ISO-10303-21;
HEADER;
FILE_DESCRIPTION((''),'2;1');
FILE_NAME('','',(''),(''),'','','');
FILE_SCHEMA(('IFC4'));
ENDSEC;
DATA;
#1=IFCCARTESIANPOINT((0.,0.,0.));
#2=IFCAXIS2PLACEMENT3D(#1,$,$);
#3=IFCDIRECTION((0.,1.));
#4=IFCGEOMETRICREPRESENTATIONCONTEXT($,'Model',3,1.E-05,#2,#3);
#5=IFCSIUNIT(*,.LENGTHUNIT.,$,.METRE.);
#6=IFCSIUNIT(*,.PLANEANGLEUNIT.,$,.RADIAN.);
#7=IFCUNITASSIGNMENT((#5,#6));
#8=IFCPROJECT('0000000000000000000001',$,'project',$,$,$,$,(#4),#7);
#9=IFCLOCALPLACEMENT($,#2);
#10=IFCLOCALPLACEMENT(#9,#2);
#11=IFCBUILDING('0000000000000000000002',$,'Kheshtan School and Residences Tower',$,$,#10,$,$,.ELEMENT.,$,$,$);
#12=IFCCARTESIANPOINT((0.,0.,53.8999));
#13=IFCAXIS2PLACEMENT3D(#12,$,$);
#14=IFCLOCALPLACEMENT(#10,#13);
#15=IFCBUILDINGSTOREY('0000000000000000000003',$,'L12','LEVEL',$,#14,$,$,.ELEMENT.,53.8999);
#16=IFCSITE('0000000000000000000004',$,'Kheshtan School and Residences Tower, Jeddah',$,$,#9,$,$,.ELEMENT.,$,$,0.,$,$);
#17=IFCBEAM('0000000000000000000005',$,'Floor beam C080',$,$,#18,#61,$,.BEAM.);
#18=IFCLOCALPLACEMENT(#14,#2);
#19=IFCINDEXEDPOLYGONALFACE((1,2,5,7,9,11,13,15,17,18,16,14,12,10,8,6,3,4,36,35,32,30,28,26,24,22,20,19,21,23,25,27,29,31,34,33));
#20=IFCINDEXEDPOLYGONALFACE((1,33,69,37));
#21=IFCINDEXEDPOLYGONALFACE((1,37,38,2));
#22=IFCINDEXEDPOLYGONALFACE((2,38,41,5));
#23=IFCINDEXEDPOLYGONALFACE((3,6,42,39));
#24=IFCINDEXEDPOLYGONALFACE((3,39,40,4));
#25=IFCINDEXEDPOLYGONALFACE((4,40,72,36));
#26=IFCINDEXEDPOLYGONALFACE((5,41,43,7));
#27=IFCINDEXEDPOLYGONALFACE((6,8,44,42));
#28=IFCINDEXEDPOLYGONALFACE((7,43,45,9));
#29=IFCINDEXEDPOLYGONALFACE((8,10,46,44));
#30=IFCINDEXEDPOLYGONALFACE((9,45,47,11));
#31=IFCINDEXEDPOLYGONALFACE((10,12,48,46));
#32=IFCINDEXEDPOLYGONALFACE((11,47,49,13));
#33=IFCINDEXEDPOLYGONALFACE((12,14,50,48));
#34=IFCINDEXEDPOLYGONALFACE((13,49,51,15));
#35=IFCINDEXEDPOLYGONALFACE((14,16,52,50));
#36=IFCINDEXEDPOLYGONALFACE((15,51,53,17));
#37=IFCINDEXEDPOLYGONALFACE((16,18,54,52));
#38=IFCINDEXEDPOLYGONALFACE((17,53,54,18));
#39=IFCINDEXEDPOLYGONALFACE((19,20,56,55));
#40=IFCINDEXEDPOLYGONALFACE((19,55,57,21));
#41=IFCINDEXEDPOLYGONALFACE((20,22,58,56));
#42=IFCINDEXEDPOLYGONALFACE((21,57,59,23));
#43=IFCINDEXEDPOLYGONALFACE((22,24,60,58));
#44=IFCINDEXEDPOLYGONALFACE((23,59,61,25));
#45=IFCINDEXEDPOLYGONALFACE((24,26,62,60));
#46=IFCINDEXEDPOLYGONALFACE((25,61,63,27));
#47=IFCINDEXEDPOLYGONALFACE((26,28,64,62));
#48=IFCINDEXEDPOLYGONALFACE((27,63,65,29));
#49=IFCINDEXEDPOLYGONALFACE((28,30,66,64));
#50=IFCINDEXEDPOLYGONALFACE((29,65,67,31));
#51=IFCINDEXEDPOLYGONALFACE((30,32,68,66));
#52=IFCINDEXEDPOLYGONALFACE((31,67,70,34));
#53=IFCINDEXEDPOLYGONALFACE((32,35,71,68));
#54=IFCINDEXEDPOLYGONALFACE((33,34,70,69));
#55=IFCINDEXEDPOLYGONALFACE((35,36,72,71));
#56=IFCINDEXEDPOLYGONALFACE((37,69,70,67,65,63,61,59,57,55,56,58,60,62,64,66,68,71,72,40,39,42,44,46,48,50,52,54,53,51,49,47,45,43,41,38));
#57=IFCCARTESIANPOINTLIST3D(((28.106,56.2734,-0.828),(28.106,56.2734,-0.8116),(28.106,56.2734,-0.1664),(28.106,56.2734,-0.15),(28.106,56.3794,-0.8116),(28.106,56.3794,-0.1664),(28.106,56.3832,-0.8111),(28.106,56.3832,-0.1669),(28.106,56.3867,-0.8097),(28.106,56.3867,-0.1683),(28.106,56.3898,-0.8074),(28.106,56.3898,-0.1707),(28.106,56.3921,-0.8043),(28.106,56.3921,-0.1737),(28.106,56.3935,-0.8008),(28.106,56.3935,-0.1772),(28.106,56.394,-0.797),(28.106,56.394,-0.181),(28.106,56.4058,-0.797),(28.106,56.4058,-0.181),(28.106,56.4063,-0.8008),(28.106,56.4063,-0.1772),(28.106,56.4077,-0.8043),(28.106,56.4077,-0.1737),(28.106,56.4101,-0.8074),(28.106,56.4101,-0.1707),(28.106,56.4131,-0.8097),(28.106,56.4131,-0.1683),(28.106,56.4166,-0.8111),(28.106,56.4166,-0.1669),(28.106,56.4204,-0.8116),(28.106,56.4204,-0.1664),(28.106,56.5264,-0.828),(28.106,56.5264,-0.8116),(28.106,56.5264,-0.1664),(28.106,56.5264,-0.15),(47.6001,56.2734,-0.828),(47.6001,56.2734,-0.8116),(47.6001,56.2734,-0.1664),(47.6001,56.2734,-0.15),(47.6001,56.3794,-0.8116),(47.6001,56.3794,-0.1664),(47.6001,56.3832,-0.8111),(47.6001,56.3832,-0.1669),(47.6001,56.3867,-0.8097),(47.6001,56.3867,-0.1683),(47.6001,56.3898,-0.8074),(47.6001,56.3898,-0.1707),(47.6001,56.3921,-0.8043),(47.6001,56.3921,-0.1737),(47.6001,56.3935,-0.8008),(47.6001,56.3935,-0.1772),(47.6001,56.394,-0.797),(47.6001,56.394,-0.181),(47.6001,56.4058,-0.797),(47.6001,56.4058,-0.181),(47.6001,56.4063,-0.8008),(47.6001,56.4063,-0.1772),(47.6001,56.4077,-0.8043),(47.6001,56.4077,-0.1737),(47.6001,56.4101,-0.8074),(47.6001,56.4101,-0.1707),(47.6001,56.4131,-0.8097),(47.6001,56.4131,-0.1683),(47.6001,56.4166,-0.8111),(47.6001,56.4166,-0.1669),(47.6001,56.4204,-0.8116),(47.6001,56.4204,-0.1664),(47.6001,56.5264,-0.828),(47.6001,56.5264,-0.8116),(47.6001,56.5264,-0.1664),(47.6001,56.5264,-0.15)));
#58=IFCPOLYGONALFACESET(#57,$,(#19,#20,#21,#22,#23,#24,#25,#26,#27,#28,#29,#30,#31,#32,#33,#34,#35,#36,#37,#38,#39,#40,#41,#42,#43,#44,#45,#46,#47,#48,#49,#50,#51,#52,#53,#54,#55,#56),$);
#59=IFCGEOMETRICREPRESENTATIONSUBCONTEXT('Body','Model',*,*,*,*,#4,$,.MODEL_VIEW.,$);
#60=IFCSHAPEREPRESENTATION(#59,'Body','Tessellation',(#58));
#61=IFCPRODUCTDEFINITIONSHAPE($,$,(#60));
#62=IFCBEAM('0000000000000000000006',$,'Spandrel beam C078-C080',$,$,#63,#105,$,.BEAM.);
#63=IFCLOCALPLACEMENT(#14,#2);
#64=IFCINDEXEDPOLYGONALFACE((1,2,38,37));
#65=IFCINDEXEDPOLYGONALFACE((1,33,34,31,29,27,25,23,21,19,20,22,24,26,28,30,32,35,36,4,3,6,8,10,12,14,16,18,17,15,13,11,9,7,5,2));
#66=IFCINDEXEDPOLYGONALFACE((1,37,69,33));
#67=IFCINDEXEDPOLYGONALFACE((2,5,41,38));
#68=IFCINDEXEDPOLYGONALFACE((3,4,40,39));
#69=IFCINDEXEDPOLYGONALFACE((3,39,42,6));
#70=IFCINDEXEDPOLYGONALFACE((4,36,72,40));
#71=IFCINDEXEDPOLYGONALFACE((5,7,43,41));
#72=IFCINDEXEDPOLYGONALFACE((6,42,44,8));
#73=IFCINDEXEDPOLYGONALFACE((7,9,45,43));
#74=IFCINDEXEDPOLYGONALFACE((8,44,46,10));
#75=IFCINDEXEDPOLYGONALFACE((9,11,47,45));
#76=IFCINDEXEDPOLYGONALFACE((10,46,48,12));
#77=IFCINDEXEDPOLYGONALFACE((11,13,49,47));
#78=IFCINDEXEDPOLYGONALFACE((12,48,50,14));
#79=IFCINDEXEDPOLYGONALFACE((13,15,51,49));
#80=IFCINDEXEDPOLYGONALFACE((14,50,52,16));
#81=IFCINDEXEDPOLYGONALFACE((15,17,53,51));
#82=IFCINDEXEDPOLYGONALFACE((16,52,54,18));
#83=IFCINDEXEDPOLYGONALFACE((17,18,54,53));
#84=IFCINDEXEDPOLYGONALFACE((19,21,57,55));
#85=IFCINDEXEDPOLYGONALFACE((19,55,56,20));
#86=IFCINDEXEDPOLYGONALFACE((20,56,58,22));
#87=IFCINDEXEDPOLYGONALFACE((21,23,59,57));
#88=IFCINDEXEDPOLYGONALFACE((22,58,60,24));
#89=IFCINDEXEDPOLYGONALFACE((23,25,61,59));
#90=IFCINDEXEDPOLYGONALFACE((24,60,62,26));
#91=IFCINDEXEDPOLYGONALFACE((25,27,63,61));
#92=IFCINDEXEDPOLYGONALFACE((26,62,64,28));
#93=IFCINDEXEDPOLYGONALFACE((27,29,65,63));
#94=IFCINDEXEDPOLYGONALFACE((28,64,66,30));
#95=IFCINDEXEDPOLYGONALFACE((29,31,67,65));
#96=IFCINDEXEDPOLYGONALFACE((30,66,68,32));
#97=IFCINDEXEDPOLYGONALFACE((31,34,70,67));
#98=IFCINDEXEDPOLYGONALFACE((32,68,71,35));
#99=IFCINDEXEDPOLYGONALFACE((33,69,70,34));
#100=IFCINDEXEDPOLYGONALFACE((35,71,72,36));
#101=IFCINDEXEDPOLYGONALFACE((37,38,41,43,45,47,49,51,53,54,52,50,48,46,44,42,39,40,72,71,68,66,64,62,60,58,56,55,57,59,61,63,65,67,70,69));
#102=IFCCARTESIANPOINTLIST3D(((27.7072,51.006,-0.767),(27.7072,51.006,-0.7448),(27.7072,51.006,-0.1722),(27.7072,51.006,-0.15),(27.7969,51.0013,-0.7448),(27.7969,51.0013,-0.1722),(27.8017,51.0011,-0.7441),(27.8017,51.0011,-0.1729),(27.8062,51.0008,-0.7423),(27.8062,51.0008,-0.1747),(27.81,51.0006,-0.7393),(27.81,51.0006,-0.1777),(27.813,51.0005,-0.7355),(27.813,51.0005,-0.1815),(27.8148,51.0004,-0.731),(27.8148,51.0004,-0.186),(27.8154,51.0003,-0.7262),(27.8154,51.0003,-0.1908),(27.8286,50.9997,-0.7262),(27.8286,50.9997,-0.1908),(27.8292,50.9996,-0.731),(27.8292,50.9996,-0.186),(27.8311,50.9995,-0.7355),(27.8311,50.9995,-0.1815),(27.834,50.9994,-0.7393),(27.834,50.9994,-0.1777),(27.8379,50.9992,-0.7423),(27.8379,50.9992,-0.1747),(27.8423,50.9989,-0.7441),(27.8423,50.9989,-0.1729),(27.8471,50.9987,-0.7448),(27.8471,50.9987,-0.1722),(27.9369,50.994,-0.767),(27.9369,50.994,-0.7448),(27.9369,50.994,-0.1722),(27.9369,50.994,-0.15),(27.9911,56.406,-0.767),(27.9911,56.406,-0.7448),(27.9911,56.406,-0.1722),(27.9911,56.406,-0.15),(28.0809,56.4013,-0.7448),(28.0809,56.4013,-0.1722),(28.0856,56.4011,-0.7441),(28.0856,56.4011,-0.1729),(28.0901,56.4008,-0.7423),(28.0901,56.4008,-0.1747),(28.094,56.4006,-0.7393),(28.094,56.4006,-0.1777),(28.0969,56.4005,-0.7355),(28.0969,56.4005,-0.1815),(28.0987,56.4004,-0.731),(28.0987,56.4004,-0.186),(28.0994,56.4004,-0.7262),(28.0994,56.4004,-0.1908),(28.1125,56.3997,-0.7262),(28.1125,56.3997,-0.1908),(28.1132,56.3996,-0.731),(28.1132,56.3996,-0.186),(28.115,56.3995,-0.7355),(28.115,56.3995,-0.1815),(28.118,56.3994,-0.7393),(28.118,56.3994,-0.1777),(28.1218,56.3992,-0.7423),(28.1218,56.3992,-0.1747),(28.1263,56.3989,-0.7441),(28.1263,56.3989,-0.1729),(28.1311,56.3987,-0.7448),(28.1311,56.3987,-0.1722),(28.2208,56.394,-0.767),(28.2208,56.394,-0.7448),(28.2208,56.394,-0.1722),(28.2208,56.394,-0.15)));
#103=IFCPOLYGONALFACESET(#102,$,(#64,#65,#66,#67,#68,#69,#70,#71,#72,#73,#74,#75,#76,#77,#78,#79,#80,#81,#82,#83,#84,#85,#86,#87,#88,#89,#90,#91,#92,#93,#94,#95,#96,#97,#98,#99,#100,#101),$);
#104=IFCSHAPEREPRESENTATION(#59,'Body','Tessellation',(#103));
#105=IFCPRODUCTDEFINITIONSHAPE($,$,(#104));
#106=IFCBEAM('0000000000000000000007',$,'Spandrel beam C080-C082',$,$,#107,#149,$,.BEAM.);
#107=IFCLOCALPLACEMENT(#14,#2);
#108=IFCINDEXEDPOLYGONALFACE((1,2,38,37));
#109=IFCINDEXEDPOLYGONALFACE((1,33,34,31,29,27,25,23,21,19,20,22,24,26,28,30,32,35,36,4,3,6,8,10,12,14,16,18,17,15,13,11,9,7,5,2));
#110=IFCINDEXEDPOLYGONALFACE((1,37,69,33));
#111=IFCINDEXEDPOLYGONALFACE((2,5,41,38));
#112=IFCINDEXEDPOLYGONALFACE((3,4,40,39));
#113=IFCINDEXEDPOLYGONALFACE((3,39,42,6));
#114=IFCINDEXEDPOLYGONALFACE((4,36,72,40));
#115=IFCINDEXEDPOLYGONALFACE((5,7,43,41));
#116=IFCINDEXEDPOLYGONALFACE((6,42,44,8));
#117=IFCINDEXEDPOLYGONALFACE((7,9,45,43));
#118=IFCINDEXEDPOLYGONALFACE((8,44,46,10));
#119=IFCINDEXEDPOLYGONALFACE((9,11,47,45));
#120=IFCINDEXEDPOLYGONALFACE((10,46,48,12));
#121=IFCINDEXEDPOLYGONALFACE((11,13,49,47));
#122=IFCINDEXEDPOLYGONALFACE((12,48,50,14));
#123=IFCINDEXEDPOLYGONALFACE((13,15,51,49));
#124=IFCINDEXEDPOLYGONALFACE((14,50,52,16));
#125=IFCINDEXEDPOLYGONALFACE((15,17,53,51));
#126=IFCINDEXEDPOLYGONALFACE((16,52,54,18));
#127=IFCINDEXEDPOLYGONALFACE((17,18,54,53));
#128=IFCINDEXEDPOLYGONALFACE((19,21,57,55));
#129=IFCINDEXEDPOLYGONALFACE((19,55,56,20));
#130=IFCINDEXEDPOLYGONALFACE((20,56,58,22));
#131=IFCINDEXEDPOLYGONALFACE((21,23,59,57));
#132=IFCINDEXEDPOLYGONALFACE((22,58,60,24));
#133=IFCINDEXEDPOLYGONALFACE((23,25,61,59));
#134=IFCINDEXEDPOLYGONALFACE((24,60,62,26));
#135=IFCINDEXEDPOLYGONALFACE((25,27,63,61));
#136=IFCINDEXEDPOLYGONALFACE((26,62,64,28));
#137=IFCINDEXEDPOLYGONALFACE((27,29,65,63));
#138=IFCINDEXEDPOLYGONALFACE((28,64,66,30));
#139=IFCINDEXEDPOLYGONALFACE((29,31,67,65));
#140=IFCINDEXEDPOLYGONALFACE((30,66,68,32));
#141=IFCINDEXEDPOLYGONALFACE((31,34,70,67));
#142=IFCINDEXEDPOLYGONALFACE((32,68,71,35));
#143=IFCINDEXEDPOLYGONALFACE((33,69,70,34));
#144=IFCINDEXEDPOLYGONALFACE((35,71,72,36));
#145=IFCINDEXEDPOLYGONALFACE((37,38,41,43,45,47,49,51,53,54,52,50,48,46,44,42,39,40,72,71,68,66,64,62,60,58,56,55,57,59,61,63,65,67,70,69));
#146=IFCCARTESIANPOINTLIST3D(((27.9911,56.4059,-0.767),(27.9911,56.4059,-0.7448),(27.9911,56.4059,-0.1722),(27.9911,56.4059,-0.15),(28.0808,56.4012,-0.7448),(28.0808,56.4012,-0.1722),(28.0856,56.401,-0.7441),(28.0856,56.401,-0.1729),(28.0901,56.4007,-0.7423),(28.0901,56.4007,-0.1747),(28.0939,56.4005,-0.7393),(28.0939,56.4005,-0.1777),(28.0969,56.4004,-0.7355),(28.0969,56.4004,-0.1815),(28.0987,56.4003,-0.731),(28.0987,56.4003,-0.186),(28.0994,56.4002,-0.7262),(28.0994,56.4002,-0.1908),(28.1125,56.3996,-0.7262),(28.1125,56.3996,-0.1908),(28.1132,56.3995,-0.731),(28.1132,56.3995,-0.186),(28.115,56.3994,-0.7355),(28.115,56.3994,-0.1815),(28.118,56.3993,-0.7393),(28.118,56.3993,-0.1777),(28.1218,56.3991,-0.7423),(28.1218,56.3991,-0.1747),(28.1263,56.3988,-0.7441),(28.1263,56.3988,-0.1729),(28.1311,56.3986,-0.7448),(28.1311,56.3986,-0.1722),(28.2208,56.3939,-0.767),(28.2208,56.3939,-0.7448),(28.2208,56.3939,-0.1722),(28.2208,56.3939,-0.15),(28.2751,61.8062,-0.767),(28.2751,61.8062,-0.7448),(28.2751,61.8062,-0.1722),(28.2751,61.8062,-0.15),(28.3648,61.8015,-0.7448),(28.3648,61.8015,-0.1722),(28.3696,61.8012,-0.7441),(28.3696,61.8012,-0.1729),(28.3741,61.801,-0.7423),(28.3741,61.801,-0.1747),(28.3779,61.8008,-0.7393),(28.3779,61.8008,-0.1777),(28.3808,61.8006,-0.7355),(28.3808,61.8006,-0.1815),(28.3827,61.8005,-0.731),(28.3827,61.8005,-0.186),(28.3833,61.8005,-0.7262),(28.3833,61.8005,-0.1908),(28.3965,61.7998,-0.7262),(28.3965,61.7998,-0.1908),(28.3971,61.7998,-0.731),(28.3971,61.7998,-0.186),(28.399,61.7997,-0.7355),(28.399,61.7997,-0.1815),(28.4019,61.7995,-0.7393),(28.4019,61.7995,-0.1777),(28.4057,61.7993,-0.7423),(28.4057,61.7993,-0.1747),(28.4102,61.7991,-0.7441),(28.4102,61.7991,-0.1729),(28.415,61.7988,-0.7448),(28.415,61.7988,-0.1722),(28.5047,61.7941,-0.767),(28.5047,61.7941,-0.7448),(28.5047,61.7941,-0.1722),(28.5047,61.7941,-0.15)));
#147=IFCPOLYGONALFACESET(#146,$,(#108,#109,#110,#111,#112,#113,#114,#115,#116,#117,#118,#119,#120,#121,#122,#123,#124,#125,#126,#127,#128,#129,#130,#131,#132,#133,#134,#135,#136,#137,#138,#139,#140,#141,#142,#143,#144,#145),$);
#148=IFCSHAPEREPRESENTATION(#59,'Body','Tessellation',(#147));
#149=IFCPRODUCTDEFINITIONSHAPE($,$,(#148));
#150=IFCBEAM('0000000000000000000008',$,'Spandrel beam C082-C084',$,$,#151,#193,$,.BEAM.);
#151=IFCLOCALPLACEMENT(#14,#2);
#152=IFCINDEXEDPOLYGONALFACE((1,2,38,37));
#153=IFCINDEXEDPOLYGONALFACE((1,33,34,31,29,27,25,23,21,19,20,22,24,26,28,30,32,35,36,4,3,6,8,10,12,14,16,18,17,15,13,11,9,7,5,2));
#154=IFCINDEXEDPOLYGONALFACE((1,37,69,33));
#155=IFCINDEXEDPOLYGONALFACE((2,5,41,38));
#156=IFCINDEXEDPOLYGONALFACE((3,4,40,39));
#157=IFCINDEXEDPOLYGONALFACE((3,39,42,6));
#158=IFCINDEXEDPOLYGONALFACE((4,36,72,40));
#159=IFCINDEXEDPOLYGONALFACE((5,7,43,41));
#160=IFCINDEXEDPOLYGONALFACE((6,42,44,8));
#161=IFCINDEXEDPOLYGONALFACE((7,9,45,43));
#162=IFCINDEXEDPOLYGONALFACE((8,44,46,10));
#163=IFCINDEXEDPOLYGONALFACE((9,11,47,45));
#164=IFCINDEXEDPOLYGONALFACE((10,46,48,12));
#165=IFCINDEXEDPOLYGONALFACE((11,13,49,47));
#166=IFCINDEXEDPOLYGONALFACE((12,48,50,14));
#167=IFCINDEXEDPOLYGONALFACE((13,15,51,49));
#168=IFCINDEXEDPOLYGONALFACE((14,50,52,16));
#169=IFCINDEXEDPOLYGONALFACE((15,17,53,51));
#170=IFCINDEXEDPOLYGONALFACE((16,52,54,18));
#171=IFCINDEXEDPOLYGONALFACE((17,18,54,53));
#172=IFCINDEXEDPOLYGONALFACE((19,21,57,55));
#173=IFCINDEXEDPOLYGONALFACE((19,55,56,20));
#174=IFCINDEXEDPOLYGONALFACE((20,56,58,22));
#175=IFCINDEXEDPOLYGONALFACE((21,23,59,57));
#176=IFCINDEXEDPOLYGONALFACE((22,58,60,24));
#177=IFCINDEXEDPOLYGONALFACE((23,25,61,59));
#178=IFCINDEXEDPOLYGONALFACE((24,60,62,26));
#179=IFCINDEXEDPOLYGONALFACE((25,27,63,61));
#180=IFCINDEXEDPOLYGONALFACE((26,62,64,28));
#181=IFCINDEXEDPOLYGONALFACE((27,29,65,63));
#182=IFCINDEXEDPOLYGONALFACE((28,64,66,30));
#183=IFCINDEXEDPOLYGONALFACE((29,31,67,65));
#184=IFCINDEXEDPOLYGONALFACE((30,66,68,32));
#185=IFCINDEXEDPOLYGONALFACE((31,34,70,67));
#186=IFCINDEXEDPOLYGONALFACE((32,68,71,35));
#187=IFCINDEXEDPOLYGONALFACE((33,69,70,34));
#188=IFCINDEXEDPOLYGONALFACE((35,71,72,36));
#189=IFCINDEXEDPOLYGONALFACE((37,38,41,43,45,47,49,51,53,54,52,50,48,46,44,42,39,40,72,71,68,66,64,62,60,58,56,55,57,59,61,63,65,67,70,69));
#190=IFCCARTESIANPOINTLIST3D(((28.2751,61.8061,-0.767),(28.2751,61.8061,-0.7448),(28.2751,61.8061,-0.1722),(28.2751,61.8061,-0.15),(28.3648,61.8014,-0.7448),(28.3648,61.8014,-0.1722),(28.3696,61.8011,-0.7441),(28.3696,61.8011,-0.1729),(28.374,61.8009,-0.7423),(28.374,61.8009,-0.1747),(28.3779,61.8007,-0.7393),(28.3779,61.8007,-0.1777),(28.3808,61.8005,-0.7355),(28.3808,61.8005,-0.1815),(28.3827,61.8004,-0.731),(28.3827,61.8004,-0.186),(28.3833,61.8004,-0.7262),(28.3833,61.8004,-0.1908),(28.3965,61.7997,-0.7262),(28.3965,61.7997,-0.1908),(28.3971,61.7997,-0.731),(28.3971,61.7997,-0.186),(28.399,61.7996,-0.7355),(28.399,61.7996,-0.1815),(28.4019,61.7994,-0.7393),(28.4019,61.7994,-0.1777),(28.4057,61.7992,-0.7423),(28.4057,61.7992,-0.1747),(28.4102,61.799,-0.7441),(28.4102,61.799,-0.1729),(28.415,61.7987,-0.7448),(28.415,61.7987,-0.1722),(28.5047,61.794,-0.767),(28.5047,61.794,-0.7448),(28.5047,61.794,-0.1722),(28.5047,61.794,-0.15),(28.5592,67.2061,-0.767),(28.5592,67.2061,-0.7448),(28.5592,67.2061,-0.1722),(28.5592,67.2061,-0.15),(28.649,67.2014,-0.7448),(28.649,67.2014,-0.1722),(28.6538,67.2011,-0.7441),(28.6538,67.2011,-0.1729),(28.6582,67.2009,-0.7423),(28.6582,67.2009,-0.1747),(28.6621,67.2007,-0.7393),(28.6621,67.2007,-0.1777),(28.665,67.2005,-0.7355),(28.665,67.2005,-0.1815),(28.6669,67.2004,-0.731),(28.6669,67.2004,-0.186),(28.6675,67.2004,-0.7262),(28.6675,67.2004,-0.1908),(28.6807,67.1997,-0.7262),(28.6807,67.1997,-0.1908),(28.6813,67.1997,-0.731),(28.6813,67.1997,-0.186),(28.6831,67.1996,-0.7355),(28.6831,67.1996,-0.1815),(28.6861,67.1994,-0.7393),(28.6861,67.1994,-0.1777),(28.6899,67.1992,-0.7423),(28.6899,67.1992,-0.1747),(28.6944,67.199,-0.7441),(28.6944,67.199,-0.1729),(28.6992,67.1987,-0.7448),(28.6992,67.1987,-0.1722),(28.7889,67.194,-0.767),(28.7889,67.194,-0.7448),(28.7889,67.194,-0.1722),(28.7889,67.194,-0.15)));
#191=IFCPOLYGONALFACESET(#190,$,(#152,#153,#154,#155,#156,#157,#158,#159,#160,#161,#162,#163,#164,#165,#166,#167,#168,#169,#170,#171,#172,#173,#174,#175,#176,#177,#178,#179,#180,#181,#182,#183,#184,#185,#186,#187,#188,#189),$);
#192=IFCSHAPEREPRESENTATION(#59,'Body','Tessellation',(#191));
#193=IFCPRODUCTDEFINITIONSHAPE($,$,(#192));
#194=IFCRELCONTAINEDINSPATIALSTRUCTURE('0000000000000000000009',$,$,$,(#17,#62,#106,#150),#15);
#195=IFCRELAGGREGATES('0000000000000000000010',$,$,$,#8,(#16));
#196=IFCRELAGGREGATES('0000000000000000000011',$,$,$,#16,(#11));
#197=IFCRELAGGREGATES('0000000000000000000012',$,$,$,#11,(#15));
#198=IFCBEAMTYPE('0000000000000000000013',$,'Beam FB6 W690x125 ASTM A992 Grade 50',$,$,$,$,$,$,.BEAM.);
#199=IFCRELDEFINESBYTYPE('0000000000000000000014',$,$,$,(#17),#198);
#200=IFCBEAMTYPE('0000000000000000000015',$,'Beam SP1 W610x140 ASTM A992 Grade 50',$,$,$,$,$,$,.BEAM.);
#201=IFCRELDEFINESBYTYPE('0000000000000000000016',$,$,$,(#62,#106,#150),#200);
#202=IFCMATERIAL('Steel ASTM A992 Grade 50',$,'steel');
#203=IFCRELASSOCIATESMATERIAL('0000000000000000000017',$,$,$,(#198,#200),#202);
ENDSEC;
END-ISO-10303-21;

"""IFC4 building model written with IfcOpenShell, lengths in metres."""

from ifc_helpers import new_model, si_unit, direction, frame, origin, origin_2d, place, context, subcontext, project, spatial, i_section, extrude, material, material_profile, profile_set, type_object, element, save


model = new_model("IFC4")

# Units and contexts
model_context = context("Model", 3, precision=1e-05, world=origin(), true_north=direction((0.0, 1.0)))
body_context = subcontext(model_context, "Body", "Model", "MODEL_VIEW")
ifc_project = project(units=[si_unit("LENGTHUNIT", "METRE"), si_unit("PLANEANGLEUNIT", "RADIAN")], contexts=[model_context])

# Site, building, storey
site_placement = place(None, origin())
site = spatial("IfcSite", under=ifc_project, at=site_placement, Name="Kheshtan School and Residences Tower, Jeddah", CompositionType="ELEMENT", RefElevation=0.0)
building_placement = place(site_placement, origin())
building = spatial("IfcBuilding", under=site, at=building_placement, Name="Kheshtan School and Residences Tower", CompositionType="ELEMENT")
storey_placement = place(building_placement, frame((0.0, 0.0, 53.8999)))
storey = spatial("IfcBuildingStorey", under=building, at=storey_placement, Name="L12", Description="LEVEL", CompositionType="ELEMENT", Elevation=53.8999)

# Shared definitions
ifc_material_1 = material(Name="Steel ASTM A992 Grade 50", Category="steel")

# Beams
ifc_material_profile_1 = material_profile(ifc_material_1, i_section(OverallWidth=0.2529, OverallDepth=0.678, WebThickness=0.0117, FlangeThickness=0.0164, FilletRadius=0.0146, at=origin_2d()), Name="W690x125")
ifc_profile_set_1 = profile_set([ifc_material_profile_1], Name="Steel ASTM A992 Grade 50")
beam_type_1 = type_object("IfcBeamType", Name="Beam FB6 W690x125 ASTM A992 Grade 50", PredefinedType="BEAM", material=ifc_profile_set_1)
beam_1_placement = place(storey_placement, frame((28.106, 56.3999, -0.489), z_axis=(1.0, 0.0, 0.0), x_axis=(0.0, 1.0, 0.0)))
element("IfcBeam", 1, at=beam_1_placement, inside=storey, type_object=beam_type_1, Name="Floor beam C080", PredefinedType="BEAM", context=body_context, shape_type="SweptSolid", body=[
    extrude(i_section(OverallWidth=0.2529, OverallDepth=0.678, WebThickness=0.0117, FlangeThickness=0.0164, FilletRadius=0.0146, at=origin_2d()), origin(), (0.0, 0.0, 1.0), 19.4941),
])
ifc_material_profile_2 = material_profile(ifc_material_1, i_section(OverallWidth=0.23, OverallDepth=0.6169, WebThickness=0.0132, FlangeThickness=0.0222, FilletRadius=0.0186, at=origin_2d()), Name="W610x140")
ifc_profile_set_2 = profile_set([ifc_material_profile_2], Name="Steel ASTM A992 Grade 50")
beam_type_2 = type_object("IfcBeamType", Name="Beam SP1 W610x140 ASTM A992 Grade 50", PredefinedType="BEAM", material=ifc_profile_set_2)
beam_2_placement = place(storey_placement, frame((27.822, 51.0, -0.4585), z_axis=(0.052509, 0.99862, 0.0), x_axis=(-0.99862, 0.052509, 0.0)))
element("IfcBeam", 2, at=beam_2_placement, inside=storey, type_object=beam_type_2, Name="Spandrel beam C078-C080", PredefinedType="BEAM", context=body_context, shape_type="SweptSolid", body=[
    extrude(i_section(OverallWidth=0.23, OverallDepth=0.6169, WebThickness=0.0132, FlangeThickness=0.0222, FilletRadius=0.0186, at=origin_2d()), origin(), (0.0, 0.0, 1.0), 5.4075),
])
beam_3_placement = place(storey_placement, frame((28.106, 56.3999, -0.4585), z_axis=(0.052507, 0.998621, 0.0), x_axis=(-0.998621, 0.052507, 0.0)))
element("IfcBeam", 3, at=beam_3_placement, inside=storey, type_object=beam_type_2, Name="Spandrel beam C080-C082", PredefinedType="BEAM", context=body_context, shape_type="SweptSolid", body=[
    extrude(i_section(OverallWidth=0.23, OverallDepth=0.6169, WebThickness=0.0132, FlangeThickness=0.0222, FilletRadius=0.0186, at=origin_2d()), origin(), (0.0, 0.0, 1.0), 5.4077),
])
beam_4_placement = place(storey_placement, frame((28.3899, 61.8, -0.4585), z_axis=(0.052554, 0.998618, 0.0), x_axis=(-0.998618, 0.052554, 0.0)))
element("IfcBeam", 4, at=beam_4_placement, inside=storey, type_object=beam_type_2, Name="Spandrel beam C082-C084", PredefinedType="BEAM", context=body_context, shape_type="SweptSolid", body=[
    extrude(i_section(OverallWidth=0.23, OverallDepth=0.6169, WebThickness=0.0132, FlangeThickness=0.0222, FilletRadius=0.0186, at=origin_2d()), origin(), (0.0, 0.0, 1.0), 5.4075),
])

save(model, "model.ifc")
